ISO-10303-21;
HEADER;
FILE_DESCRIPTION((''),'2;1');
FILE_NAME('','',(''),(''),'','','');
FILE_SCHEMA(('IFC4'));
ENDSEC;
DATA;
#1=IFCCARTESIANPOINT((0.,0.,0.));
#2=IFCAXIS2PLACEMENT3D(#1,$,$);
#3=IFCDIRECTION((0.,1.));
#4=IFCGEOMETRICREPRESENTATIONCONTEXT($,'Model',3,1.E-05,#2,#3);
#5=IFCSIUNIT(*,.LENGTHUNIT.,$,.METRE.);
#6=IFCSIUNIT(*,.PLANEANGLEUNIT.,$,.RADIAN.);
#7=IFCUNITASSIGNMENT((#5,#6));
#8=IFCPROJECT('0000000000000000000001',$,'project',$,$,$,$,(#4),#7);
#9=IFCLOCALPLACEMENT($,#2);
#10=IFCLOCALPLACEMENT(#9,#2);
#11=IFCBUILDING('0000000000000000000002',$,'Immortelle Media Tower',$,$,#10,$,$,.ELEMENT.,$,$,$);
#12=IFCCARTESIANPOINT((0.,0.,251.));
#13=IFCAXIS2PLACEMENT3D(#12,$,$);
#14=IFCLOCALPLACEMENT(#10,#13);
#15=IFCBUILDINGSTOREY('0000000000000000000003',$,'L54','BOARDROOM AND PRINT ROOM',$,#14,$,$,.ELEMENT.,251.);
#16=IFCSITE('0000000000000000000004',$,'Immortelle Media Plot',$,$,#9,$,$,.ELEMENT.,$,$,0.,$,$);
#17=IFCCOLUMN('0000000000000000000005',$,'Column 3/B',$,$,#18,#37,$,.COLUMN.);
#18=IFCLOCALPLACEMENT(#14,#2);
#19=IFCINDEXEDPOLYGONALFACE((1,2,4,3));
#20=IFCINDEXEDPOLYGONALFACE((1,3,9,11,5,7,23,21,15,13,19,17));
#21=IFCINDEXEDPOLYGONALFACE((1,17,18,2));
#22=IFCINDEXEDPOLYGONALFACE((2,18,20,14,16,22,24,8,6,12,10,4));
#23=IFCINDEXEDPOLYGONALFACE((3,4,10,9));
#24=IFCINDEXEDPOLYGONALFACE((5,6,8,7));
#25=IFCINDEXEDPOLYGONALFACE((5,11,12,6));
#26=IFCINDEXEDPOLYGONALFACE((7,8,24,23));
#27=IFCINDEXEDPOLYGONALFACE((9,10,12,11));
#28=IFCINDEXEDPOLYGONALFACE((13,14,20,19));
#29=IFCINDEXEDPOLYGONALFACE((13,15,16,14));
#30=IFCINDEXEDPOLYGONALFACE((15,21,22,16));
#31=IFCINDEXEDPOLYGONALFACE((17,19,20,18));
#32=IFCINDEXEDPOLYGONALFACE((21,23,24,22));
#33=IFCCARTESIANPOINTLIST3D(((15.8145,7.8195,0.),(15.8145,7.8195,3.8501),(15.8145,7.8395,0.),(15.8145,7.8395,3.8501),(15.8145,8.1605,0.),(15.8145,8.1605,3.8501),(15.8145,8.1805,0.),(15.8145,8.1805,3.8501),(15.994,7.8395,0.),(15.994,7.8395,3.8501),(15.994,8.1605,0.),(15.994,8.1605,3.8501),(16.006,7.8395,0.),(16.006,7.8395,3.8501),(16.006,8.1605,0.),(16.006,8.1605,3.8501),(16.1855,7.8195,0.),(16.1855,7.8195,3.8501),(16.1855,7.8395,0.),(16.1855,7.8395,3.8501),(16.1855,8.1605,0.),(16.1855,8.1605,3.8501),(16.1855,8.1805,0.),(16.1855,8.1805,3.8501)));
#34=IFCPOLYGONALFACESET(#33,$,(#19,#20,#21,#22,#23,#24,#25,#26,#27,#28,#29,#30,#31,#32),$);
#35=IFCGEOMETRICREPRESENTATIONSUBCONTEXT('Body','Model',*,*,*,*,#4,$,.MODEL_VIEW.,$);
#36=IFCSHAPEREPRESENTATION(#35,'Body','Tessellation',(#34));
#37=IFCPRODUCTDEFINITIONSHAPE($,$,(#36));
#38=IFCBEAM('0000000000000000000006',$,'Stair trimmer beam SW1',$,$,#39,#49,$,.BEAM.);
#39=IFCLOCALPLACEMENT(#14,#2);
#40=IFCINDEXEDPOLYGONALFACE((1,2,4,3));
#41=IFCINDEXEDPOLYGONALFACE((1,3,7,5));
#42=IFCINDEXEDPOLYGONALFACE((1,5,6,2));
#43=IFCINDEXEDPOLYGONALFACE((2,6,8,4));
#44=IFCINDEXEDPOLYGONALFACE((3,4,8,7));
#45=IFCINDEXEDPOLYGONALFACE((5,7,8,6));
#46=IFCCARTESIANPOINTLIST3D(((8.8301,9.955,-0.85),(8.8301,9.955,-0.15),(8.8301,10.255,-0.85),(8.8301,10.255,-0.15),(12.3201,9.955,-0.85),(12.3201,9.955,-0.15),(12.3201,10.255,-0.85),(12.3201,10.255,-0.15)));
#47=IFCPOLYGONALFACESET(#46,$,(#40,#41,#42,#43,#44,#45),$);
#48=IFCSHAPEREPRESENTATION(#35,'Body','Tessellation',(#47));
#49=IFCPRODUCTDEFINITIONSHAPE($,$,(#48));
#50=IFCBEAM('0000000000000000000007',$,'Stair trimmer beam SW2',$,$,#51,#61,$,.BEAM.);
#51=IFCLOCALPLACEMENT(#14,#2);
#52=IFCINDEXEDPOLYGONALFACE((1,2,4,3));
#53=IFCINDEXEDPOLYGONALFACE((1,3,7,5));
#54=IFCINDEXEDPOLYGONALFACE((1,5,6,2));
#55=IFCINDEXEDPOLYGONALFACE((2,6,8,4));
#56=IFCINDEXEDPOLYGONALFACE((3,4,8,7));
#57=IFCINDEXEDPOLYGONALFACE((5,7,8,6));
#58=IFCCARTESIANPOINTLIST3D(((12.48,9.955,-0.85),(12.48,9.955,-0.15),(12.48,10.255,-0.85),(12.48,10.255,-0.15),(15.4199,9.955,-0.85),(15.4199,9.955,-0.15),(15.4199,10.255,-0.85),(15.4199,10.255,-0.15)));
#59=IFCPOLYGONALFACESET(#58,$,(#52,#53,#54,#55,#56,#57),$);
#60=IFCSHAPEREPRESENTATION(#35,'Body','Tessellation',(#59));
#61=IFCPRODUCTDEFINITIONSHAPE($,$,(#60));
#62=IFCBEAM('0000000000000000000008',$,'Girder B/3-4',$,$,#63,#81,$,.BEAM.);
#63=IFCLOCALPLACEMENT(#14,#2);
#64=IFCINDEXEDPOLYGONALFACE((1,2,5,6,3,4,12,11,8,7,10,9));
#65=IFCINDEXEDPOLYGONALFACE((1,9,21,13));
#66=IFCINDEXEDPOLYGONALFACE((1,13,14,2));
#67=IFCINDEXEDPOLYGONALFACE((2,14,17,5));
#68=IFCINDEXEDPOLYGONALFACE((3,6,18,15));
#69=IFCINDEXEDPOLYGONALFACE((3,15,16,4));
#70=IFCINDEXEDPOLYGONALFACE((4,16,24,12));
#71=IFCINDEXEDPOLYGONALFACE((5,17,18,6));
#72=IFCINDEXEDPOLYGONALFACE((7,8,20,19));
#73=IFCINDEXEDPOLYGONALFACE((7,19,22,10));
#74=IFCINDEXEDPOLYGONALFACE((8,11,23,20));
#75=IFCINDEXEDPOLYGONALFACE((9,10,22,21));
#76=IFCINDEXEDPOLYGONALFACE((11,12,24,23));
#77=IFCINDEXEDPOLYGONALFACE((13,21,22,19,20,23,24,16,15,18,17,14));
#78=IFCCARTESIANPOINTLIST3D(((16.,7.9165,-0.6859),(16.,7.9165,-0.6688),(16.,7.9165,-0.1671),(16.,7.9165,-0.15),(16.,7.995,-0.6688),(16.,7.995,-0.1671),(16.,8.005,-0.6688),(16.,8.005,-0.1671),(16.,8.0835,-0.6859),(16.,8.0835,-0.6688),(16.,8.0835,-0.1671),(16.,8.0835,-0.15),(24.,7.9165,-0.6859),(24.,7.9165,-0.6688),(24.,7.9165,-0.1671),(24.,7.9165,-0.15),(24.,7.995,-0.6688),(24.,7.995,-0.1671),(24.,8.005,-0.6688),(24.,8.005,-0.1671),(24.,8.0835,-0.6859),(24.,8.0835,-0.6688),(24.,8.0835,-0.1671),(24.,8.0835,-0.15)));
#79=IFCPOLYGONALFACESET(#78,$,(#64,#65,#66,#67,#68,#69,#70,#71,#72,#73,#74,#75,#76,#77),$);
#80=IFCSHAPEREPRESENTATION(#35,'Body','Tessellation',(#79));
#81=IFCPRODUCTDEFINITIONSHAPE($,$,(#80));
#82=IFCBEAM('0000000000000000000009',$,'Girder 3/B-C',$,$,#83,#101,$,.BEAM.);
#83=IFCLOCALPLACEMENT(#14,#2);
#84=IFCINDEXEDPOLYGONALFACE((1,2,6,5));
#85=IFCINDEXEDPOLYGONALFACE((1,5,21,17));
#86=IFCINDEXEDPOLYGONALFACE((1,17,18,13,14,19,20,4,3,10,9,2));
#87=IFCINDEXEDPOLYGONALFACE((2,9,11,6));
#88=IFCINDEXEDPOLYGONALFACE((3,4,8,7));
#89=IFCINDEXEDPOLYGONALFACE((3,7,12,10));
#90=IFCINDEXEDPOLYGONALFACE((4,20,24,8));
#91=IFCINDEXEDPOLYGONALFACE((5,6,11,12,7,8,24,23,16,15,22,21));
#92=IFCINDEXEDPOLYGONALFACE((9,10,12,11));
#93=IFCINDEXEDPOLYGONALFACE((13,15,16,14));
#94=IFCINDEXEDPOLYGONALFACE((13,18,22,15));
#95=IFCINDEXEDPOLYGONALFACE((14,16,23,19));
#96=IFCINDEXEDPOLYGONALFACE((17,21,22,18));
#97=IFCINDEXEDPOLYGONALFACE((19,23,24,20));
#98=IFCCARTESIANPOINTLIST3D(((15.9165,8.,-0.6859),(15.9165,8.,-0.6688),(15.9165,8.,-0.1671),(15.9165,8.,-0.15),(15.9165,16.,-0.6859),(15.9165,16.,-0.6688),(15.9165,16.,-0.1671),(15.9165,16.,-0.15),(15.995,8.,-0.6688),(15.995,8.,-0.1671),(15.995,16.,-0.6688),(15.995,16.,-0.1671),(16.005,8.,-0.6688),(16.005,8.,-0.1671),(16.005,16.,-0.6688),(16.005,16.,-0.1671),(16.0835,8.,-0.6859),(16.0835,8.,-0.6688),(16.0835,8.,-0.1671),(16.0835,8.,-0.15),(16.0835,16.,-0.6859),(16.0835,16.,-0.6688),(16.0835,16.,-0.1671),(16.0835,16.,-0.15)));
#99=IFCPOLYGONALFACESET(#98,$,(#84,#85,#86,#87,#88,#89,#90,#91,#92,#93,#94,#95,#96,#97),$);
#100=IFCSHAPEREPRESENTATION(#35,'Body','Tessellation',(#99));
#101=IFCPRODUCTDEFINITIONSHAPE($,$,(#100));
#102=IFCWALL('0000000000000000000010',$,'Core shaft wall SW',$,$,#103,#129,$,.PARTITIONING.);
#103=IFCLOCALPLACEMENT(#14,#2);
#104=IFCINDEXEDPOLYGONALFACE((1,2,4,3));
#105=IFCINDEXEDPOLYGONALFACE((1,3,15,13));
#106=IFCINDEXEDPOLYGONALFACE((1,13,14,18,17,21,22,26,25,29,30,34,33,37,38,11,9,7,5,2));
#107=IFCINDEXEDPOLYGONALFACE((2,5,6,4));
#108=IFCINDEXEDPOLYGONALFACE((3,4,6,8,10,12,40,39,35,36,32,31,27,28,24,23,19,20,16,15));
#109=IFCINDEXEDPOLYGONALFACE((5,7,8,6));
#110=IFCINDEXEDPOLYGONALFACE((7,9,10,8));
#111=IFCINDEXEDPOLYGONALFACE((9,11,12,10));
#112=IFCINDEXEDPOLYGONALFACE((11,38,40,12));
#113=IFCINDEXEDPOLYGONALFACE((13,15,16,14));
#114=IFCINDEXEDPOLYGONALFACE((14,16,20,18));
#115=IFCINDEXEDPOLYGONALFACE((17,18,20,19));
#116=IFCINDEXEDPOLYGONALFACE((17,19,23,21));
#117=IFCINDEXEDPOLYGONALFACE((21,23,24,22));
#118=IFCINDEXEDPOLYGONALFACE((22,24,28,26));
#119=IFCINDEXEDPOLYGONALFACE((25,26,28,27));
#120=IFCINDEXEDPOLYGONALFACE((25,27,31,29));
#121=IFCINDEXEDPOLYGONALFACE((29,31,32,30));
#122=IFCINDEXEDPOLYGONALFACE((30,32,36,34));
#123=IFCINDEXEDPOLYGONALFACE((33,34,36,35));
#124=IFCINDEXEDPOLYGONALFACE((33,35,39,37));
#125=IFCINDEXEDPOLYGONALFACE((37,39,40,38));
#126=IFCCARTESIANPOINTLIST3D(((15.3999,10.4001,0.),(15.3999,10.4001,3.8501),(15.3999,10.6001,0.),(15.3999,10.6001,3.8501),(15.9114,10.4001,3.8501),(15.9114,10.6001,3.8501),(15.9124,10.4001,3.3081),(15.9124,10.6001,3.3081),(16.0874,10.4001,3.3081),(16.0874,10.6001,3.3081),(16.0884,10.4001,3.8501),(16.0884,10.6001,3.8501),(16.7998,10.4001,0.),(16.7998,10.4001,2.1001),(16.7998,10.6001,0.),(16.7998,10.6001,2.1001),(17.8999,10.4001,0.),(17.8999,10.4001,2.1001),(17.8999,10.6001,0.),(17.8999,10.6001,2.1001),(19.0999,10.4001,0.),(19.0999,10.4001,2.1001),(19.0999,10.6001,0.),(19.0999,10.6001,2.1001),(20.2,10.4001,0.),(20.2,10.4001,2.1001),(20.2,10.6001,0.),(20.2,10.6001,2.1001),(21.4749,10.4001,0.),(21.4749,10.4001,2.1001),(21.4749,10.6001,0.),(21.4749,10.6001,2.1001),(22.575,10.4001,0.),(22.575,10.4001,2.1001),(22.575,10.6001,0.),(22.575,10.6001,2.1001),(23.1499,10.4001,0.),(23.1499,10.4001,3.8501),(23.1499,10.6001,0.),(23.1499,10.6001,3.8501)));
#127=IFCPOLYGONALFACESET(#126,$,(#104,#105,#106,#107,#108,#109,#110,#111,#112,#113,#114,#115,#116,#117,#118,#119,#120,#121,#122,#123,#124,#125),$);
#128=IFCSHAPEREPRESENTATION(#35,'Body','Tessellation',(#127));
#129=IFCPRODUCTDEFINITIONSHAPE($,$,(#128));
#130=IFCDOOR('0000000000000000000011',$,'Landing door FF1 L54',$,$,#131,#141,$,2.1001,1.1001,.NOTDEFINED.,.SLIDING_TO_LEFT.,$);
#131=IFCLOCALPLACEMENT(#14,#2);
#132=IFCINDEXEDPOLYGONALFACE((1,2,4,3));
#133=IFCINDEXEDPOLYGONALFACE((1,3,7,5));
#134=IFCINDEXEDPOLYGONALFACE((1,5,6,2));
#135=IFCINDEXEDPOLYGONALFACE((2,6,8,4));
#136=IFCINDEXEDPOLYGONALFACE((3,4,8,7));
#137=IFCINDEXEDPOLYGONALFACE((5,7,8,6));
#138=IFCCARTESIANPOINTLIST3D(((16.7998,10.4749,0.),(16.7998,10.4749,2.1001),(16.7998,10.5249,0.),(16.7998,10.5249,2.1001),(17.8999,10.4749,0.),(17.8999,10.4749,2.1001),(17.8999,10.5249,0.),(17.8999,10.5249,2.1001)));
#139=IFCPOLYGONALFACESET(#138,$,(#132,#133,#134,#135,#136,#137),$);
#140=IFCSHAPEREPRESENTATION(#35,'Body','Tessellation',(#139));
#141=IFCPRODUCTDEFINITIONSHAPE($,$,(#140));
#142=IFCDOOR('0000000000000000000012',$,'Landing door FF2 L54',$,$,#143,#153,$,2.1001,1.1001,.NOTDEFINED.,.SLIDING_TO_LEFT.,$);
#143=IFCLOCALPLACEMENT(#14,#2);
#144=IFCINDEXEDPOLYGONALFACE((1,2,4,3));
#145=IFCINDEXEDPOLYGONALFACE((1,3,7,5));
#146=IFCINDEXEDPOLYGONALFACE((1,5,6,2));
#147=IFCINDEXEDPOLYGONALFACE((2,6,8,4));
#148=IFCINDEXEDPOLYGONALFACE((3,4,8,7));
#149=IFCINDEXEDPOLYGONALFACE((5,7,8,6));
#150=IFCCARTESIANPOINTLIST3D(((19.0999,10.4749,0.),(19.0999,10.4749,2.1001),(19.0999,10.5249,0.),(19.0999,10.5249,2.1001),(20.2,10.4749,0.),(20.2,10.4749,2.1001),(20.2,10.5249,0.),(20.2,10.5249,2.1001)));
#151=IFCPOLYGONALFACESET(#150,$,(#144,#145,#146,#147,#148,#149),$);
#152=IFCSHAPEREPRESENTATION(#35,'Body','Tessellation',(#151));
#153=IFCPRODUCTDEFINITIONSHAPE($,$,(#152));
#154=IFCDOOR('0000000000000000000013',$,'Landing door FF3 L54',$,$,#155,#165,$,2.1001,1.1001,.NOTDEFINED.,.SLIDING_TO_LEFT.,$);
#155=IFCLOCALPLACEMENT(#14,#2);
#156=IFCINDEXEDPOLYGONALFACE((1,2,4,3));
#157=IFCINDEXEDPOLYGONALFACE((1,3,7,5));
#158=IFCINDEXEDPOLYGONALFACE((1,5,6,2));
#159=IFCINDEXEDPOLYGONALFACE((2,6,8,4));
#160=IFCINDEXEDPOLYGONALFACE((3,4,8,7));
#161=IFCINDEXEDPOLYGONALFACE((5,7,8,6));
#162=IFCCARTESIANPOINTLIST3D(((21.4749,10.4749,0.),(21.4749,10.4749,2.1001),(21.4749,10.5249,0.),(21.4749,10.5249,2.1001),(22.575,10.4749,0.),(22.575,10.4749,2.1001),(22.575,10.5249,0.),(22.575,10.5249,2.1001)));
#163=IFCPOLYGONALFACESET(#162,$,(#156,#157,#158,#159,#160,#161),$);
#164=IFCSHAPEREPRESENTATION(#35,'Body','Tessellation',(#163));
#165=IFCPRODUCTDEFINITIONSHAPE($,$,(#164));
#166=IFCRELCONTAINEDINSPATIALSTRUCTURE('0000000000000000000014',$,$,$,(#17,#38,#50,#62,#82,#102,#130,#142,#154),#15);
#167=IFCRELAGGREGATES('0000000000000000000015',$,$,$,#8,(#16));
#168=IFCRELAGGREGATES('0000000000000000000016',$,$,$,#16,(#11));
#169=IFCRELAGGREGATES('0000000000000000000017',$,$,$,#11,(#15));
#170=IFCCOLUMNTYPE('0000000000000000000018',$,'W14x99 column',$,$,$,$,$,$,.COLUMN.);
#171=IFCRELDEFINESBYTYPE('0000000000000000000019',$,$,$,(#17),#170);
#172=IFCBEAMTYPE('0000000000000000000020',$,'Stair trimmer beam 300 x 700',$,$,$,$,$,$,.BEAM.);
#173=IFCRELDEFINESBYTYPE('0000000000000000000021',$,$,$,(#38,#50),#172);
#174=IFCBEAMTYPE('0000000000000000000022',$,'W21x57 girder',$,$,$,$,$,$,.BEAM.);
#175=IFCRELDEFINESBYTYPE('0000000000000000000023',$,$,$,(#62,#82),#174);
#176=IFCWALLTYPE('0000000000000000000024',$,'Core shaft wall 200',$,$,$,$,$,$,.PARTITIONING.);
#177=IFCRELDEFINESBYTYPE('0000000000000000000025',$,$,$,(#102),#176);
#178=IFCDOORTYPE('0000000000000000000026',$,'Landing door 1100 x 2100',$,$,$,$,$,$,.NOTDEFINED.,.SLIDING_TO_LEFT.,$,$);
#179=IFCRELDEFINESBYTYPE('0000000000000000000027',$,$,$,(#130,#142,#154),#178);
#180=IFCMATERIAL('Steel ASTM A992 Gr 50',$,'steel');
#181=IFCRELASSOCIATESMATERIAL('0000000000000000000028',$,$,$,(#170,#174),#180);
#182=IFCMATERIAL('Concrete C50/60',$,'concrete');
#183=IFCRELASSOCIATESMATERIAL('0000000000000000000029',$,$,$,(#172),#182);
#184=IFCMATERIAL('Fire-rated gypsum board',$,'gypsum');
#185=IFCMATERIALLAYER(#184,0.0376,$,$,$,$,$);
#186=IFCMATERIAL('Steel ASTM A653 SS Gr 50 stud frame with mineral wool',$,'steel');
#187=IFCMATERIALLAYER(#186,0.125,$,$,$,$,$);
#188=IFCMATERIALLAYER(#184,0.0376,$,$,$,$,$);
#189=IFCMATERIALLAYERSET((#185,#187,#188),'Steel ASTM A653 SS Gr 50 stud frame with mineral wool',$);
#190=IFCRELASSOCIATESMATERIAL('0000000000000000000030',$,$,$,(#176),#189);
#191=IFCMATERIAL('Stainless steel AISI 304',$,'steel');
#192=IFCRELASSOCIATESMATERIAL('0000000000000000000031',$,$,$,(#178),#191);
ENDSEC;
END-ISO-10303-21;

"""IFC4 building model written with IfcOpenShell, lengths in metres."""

from ifc_helpers import new_model, si_unit, direction, frame, frame_2d, origin, origin_2d, place, context, subcontext, project, spatial, polyline, rectangle, i_section, outline, extrude, material, layer, layer_set, material_profile, profile_set, type_object, element, fill, save


model = new_model("IFC4")

# Units and contexts
model_context = context("Model", 3, precision=1e-05, world=origin(), true_north=direction((0.0, 1.0)))
body_context = subcontext(model_context, "Body", "Model", "MODEL_VIEW")
ifc_project = project(units=[si_unit("LENGTHUNIT", "METRE"), si_unit("PLANEANGLEUNIT", "RADIAN")], contexts=[model_context])

# Site, building, storey
site_placement = place(None, origin())
site = spatial("IfcSite", under=ifc_project, at=site_placement, Name="Immortelle Media Plot", CompositionType="ELEMENT", RefElevation=0.0)
building_placement = place(site_placement, origin())
building = spatial("IfcBuilding", under=site, at=building_placement, Name="Immortelle Media Tower", CompositionType="ELEMENT")
storey_placement = place(building_placement, frame((0.0, 0.0, 251.0)))
storey = spatial("IfcBuildingStorey", under=building, at=storey_placement, Name="L54", Description="BOARDROOM AND PRINT ROOM", CompositionType="ELEMENT", Elevation=251.0)

# Column
ifc_material_1 = material(Name="Steel ASTM A992 Gr 50", Category="steel")
ifc_material_profile_1 = material_profile(ifc_material_1, i_section(OverallWidth=0.3711, OverallDepth=0.3611, WebThickness=0.012, FlangeThickness=0.02, at=origin_2d()), Name="W14x99")
ifc_profile_set_1 = profile_set([ifc_material_profile_1], Name="Steel ASTM A992 Gr 50")
column_type = type_object("IfcColumnType", Name="W14x99 column", PredefinedType="COLUMN", material=ifc_profile_set_1)
column_placement = place(storey_placement, frame((16.0, 8.0, 0.0), z_axis=(0.0, 0.0, 1.0), x_axis=(1.0, 0.0, 0.0)))
element("IfcColumn", 1, at=column_placement, inside=storey, type_object=column_type, Name="Column 3/B", PredefinedType="COLUMN", context=body_context, shape_type="SweptSolid", body=[
    extrude(i_section(OverallWidth=0.3711, OverallDepth=0.3611, WebThickness=0.012, FlangeThickness=0.02, at=origin_2d()), origin(), (0.0, 0.0, 1.0), 3.8501),
])

# Beams
ifc_material_2 = material(Name="Concrete C50/60", Category="concrete")
ifc_material_profile_2 = material_profile(ifc_material_2, rectangle(XDim=0.3, YDim=0.7, at=origin_2d()), Name="RC 300x700")
ifc_profile_set_2 = profile_set([ifc_material_profile_2], Name="Concrete C50/60")
beam_type_1 = type_object("IfcBeamType", Name="Stair trimmer beam 300 x 700", PredefinedType="BEAM", material=ifc_profile_set_2)
beam_1_placement = place(storey_placement, frame((8.8301, 10.105, -0.5), z_axis=(1.0, 0.0, 0.0), x_axis=(0.0, 1.0, 0.0)))
element("IfcBeam", 2, at=beam_1_placement, inside=storey, type_object=beam_type_1, Name="Stair trimmer beam SW1", PredefinedType="BEAM", context=body_context, shape_type="SweptSolid", body=[
    extrude(rectangle(XDim=0.3, YDim=0.7, at=origin_2d()), origin(), (0.0, 0.0, 1.0), 3.49),
])
beam_2_placement = place(storey_placement, frame((12.48, 10.105, -0.5), z_axis=(1.0, 0.0, 0.0), x_axis=(0.0, 1.0, 0.0)))
element("IfcBeam", 3, at=beam_2_placement, inside=storey, type_object=beam_type_1, Name="Stair trimmer beam SW2", PredefinedType="BEAM", context=body_context, shape_type="SweptSolid", body=[
    extrude(rectangle(XDim=0.3, YDim=0.7, at=origin_2d()), origin(), (0.0, 0.0, 1.0), 2.9399),
])
ifc_material_profile_3 = material_profile(ifc_material_1, i_section(OverallWidth=0.167, OverallDepth=0.5359, WebThickness=0.01, FlangeThickness=0.0171, at=origin_2d()), Name="W21x57")
ifc_profile_set_3 = profile_set([ifc_material_profile_3], Name="Steel ASTM A992 Gr 50")
beam_type_2 = type_object("IfcBeamType", Name="W21x57 girder", PredefinedType="BEAM", material=ifc_profile_set_3)
for number, where, z_axis, x_axis, name in (
    (4, (16.0, 8.0, -0.418), (1.0, 0.0, 0.0), (0.0, 1.0, 0.0), "Girder B/3-4"),
    (5, (16.0, 8.0, -0.418), (0.0, 1.0, 0.0), (-1.0, 0.0, 0.0), "Girder 3/B-C"),
):
    element("IfcBeam", number, at=place(storey_placement, frame(where, z_axis=z_axis, x_axis=x_axis)), inside=storey, type_object=beam_type_2, Name=name, PredefinedType="BEAM", context=body_context, shape_type="SweptSolid", body=[
        extrude(i_section(OverallWidth=0.167, OverallDepth=0.5359, WebThickness=0.01, FlangeThickness=0.0171, at=origin_2d()), origin(), (0.0, 0.0, 1.0), 8.0),
    ])

# Wall, openings, doors
ifc_material_3 = material(Name="Fire-rated gypsum board", Category="gypsum")
ifc_layer_1 = layer(ifc_material_3, 0.0376)
ifc_material_4 = material(Name="Steel ASTM A653 SS Gr 50 stud frame with mineral wool", Category="steel")
ifc_layer_2 = layer(ifc_material_4, 0.125)
ifc_layer_3 = layer(ifc_material_3, 0.0376)
ifc_layer_set_1 = layer_set([ifc_layer_1, ifc_layer_2, ifc_layer_3], Name="Steel ASTM A653 SS Gr 50 stud frame with mineral wool")
wall_type_1 = type_object("IfcWallType", Name="Core shaft wall 200", PredefinedType="PARTITIONING", material=ifc_layer_set_1)
wall_1_placement = place(storey_placement, frame((15.3999, 10.5, 0.0), z_axis=(0.0, 0.0, 1.0), x_axis=(1.0, 0.0, 0.0)))
wall_1 = element("IfcWall", 6, at=wall_1_placement, inside=storey, type_object=wall_type_1, Name="Core shaft wall SW", PredefinedType="PARTITIONING", context=body_context, shape_type="SweptSolid", body=[
    extrude(outline(polyline([(0.0, 0.0), (7.75, 0.0), (7.75, 3.8501), (0.6885, 3.8501), (0.6875, 3.3081), (0.5125, 3.3081), (0.5115, 3.8501), (0.0, 3.8501), (0.0, 0.0)])), frame((0.0, 0.1001, 0.0), z_axis=(0.0, -1.0, 0.0), x_axis=(1.0, 0.0, 0.0)), (0.0, 0.0, 1.0), 0.2),
])
opening_1_placement = place(wall_1_placement, frame((1.3999, 0.0, 0.0)))
opening_1 = element("IfcOpeningElement", 7, at=opening_1_placement, cuts=wall_1, PredefinedType="OPENING", context=body_context, shape_type="SweptSolid", body=[
    extrude(rectangle(XDim=1.1001, YDim=2.1001, at=frame_2d((0.55, 1.05))), frame((0.0, 0.1099, 0.0), z_axis=(0.0, -1.0, 0.0), x_axis=(1.0, 0.0, 0.0)), (0.0, 0.0, 1.0), 0.22),
])
opening_2_placement = place(wall_1_placement, frame((3.7, 0.0, 0.0)))
opening_2 = element("IfcOpeningElement", 8, at=opening_2_placement, cuts=wall_1, PredefinedType="OPENING", context=body_context, shape_type="SweptSolid", body=[
    extrude(rectangle(XDim=1.1001, YDim=2.1001, at=frame_2d((0.55, 1.05))), frame((0.0, 0.1099, 0.0), z_axis=(0.0, -1.0, 0.0), x_axis=(1.0, 0.0, 0.0)), (0.0, 0.0, 1.0), 0.22),
])
opening_3_placement = place(wall_1_placement, frame((6.075, 0.0, 0.0)))
opening_3 = element("IfcOpeningElement", 9, at=opening_3_placement, cuts=wall_1, PredefinedType="OPENING", context=body_context, shape_type="SweptSolid", body=[
    extrude(rectangle(XDim=1.1001, YDim=2.1001, at=frame_2d((0.55, 1.05))), frame((0.0, 0.1099, 0.0), z_axis=(0.0, -1.0, 0.0), x_axis=(1.0, 0.0, 0.0)), (0.0, 0.0, 1.0), 0.22),
])
ifc_material_5 = material(Name="Stainless steel AISI 304", Category="steel")
door_type_1 = type_object("IfcDoorType", Name="Landing door 1100 x 2100", OperationType="SLIDING_TO_LEFT", PredefinedType="NOTDEFINED", material=ifc_material_5)
door_1_placement = place(opening_1_placement, origin())
door_1 = element("IfcDoor", 10, at=door_1_placement, inside=storey, type_object=door_type_1, Name="Landing door FF1 L54", OperationType="SLIDING_TO_LEFT", OverallHeight=2.1001, OverallWidth=1.1001, PredefinedType="NOTDEFINED", context=body_context, shape_type="SweptSolid", body=[
    extrude(rectangle(XDim=1.1001, YDim=2.1001, at=frame_2d((0.55, 1.05))), frame((0.0, 0.0249, 0.0), z_axis=(0.0, -1.0, 0.0), x_axis=(1.0, 0.0, 0.0)), (0.0, 0.0, 1.0), 0.05),
])
fill(opening_1, door_1)
door_2_placement = place(opening_2_placement, origin())
door_2 = element("IfcDoor", 11, at=door_2_placement, inside=storey, type_object=door_type_1, Name="Landing door FF2 L54", OperationType="SLIDING_TO_LEFT", OverallHeight=2.1001, OverallWidth=1.1001, PredefinedType="NOTDEFINED", context=body_context, shape_type="SweptSolid", body=[
    extrude(rectangle(XDim=1.1001, YDim=2.1001, at=frame_2d((0.55, 1.05))), frame((0.0, 0.0249, 0.0), z_axis=(0.0, -1.0, 0.0), x_axis=(1.0, 0.0, 0.0)), (0.0, 0.0, 1.0), 0.05),
])
fill(opening_2, door_2)
door_3_placement = place(opening_3_placement, origin())
door_3 = element("IfcDoor", 12, at=door_3_placement, inside=storey, type_object=door_type_1, Name="Landing door FF3 L54", OperationType="SLIDING_TO_LEFT", OverallHeight=2.1001, OverallWidth=1.1001, PredefinedType="NOTDEFINED", context=body_context, shape_type="SweptSolid", body=[
    extrude(rectangle(XDim=1.1001, YDim=2.1001, at=frame_2d((0.55, 1.05))), frame((0.0, 0.0249, 0.0), z_axis=(0.0, -1.0, 0.0), x_axis=(1.0, 0.0, 0.0)), (0.0, 0.0, 1.0), 0.05),
])
fill(opening_3, door_3)

save(model, "model.ifc")
